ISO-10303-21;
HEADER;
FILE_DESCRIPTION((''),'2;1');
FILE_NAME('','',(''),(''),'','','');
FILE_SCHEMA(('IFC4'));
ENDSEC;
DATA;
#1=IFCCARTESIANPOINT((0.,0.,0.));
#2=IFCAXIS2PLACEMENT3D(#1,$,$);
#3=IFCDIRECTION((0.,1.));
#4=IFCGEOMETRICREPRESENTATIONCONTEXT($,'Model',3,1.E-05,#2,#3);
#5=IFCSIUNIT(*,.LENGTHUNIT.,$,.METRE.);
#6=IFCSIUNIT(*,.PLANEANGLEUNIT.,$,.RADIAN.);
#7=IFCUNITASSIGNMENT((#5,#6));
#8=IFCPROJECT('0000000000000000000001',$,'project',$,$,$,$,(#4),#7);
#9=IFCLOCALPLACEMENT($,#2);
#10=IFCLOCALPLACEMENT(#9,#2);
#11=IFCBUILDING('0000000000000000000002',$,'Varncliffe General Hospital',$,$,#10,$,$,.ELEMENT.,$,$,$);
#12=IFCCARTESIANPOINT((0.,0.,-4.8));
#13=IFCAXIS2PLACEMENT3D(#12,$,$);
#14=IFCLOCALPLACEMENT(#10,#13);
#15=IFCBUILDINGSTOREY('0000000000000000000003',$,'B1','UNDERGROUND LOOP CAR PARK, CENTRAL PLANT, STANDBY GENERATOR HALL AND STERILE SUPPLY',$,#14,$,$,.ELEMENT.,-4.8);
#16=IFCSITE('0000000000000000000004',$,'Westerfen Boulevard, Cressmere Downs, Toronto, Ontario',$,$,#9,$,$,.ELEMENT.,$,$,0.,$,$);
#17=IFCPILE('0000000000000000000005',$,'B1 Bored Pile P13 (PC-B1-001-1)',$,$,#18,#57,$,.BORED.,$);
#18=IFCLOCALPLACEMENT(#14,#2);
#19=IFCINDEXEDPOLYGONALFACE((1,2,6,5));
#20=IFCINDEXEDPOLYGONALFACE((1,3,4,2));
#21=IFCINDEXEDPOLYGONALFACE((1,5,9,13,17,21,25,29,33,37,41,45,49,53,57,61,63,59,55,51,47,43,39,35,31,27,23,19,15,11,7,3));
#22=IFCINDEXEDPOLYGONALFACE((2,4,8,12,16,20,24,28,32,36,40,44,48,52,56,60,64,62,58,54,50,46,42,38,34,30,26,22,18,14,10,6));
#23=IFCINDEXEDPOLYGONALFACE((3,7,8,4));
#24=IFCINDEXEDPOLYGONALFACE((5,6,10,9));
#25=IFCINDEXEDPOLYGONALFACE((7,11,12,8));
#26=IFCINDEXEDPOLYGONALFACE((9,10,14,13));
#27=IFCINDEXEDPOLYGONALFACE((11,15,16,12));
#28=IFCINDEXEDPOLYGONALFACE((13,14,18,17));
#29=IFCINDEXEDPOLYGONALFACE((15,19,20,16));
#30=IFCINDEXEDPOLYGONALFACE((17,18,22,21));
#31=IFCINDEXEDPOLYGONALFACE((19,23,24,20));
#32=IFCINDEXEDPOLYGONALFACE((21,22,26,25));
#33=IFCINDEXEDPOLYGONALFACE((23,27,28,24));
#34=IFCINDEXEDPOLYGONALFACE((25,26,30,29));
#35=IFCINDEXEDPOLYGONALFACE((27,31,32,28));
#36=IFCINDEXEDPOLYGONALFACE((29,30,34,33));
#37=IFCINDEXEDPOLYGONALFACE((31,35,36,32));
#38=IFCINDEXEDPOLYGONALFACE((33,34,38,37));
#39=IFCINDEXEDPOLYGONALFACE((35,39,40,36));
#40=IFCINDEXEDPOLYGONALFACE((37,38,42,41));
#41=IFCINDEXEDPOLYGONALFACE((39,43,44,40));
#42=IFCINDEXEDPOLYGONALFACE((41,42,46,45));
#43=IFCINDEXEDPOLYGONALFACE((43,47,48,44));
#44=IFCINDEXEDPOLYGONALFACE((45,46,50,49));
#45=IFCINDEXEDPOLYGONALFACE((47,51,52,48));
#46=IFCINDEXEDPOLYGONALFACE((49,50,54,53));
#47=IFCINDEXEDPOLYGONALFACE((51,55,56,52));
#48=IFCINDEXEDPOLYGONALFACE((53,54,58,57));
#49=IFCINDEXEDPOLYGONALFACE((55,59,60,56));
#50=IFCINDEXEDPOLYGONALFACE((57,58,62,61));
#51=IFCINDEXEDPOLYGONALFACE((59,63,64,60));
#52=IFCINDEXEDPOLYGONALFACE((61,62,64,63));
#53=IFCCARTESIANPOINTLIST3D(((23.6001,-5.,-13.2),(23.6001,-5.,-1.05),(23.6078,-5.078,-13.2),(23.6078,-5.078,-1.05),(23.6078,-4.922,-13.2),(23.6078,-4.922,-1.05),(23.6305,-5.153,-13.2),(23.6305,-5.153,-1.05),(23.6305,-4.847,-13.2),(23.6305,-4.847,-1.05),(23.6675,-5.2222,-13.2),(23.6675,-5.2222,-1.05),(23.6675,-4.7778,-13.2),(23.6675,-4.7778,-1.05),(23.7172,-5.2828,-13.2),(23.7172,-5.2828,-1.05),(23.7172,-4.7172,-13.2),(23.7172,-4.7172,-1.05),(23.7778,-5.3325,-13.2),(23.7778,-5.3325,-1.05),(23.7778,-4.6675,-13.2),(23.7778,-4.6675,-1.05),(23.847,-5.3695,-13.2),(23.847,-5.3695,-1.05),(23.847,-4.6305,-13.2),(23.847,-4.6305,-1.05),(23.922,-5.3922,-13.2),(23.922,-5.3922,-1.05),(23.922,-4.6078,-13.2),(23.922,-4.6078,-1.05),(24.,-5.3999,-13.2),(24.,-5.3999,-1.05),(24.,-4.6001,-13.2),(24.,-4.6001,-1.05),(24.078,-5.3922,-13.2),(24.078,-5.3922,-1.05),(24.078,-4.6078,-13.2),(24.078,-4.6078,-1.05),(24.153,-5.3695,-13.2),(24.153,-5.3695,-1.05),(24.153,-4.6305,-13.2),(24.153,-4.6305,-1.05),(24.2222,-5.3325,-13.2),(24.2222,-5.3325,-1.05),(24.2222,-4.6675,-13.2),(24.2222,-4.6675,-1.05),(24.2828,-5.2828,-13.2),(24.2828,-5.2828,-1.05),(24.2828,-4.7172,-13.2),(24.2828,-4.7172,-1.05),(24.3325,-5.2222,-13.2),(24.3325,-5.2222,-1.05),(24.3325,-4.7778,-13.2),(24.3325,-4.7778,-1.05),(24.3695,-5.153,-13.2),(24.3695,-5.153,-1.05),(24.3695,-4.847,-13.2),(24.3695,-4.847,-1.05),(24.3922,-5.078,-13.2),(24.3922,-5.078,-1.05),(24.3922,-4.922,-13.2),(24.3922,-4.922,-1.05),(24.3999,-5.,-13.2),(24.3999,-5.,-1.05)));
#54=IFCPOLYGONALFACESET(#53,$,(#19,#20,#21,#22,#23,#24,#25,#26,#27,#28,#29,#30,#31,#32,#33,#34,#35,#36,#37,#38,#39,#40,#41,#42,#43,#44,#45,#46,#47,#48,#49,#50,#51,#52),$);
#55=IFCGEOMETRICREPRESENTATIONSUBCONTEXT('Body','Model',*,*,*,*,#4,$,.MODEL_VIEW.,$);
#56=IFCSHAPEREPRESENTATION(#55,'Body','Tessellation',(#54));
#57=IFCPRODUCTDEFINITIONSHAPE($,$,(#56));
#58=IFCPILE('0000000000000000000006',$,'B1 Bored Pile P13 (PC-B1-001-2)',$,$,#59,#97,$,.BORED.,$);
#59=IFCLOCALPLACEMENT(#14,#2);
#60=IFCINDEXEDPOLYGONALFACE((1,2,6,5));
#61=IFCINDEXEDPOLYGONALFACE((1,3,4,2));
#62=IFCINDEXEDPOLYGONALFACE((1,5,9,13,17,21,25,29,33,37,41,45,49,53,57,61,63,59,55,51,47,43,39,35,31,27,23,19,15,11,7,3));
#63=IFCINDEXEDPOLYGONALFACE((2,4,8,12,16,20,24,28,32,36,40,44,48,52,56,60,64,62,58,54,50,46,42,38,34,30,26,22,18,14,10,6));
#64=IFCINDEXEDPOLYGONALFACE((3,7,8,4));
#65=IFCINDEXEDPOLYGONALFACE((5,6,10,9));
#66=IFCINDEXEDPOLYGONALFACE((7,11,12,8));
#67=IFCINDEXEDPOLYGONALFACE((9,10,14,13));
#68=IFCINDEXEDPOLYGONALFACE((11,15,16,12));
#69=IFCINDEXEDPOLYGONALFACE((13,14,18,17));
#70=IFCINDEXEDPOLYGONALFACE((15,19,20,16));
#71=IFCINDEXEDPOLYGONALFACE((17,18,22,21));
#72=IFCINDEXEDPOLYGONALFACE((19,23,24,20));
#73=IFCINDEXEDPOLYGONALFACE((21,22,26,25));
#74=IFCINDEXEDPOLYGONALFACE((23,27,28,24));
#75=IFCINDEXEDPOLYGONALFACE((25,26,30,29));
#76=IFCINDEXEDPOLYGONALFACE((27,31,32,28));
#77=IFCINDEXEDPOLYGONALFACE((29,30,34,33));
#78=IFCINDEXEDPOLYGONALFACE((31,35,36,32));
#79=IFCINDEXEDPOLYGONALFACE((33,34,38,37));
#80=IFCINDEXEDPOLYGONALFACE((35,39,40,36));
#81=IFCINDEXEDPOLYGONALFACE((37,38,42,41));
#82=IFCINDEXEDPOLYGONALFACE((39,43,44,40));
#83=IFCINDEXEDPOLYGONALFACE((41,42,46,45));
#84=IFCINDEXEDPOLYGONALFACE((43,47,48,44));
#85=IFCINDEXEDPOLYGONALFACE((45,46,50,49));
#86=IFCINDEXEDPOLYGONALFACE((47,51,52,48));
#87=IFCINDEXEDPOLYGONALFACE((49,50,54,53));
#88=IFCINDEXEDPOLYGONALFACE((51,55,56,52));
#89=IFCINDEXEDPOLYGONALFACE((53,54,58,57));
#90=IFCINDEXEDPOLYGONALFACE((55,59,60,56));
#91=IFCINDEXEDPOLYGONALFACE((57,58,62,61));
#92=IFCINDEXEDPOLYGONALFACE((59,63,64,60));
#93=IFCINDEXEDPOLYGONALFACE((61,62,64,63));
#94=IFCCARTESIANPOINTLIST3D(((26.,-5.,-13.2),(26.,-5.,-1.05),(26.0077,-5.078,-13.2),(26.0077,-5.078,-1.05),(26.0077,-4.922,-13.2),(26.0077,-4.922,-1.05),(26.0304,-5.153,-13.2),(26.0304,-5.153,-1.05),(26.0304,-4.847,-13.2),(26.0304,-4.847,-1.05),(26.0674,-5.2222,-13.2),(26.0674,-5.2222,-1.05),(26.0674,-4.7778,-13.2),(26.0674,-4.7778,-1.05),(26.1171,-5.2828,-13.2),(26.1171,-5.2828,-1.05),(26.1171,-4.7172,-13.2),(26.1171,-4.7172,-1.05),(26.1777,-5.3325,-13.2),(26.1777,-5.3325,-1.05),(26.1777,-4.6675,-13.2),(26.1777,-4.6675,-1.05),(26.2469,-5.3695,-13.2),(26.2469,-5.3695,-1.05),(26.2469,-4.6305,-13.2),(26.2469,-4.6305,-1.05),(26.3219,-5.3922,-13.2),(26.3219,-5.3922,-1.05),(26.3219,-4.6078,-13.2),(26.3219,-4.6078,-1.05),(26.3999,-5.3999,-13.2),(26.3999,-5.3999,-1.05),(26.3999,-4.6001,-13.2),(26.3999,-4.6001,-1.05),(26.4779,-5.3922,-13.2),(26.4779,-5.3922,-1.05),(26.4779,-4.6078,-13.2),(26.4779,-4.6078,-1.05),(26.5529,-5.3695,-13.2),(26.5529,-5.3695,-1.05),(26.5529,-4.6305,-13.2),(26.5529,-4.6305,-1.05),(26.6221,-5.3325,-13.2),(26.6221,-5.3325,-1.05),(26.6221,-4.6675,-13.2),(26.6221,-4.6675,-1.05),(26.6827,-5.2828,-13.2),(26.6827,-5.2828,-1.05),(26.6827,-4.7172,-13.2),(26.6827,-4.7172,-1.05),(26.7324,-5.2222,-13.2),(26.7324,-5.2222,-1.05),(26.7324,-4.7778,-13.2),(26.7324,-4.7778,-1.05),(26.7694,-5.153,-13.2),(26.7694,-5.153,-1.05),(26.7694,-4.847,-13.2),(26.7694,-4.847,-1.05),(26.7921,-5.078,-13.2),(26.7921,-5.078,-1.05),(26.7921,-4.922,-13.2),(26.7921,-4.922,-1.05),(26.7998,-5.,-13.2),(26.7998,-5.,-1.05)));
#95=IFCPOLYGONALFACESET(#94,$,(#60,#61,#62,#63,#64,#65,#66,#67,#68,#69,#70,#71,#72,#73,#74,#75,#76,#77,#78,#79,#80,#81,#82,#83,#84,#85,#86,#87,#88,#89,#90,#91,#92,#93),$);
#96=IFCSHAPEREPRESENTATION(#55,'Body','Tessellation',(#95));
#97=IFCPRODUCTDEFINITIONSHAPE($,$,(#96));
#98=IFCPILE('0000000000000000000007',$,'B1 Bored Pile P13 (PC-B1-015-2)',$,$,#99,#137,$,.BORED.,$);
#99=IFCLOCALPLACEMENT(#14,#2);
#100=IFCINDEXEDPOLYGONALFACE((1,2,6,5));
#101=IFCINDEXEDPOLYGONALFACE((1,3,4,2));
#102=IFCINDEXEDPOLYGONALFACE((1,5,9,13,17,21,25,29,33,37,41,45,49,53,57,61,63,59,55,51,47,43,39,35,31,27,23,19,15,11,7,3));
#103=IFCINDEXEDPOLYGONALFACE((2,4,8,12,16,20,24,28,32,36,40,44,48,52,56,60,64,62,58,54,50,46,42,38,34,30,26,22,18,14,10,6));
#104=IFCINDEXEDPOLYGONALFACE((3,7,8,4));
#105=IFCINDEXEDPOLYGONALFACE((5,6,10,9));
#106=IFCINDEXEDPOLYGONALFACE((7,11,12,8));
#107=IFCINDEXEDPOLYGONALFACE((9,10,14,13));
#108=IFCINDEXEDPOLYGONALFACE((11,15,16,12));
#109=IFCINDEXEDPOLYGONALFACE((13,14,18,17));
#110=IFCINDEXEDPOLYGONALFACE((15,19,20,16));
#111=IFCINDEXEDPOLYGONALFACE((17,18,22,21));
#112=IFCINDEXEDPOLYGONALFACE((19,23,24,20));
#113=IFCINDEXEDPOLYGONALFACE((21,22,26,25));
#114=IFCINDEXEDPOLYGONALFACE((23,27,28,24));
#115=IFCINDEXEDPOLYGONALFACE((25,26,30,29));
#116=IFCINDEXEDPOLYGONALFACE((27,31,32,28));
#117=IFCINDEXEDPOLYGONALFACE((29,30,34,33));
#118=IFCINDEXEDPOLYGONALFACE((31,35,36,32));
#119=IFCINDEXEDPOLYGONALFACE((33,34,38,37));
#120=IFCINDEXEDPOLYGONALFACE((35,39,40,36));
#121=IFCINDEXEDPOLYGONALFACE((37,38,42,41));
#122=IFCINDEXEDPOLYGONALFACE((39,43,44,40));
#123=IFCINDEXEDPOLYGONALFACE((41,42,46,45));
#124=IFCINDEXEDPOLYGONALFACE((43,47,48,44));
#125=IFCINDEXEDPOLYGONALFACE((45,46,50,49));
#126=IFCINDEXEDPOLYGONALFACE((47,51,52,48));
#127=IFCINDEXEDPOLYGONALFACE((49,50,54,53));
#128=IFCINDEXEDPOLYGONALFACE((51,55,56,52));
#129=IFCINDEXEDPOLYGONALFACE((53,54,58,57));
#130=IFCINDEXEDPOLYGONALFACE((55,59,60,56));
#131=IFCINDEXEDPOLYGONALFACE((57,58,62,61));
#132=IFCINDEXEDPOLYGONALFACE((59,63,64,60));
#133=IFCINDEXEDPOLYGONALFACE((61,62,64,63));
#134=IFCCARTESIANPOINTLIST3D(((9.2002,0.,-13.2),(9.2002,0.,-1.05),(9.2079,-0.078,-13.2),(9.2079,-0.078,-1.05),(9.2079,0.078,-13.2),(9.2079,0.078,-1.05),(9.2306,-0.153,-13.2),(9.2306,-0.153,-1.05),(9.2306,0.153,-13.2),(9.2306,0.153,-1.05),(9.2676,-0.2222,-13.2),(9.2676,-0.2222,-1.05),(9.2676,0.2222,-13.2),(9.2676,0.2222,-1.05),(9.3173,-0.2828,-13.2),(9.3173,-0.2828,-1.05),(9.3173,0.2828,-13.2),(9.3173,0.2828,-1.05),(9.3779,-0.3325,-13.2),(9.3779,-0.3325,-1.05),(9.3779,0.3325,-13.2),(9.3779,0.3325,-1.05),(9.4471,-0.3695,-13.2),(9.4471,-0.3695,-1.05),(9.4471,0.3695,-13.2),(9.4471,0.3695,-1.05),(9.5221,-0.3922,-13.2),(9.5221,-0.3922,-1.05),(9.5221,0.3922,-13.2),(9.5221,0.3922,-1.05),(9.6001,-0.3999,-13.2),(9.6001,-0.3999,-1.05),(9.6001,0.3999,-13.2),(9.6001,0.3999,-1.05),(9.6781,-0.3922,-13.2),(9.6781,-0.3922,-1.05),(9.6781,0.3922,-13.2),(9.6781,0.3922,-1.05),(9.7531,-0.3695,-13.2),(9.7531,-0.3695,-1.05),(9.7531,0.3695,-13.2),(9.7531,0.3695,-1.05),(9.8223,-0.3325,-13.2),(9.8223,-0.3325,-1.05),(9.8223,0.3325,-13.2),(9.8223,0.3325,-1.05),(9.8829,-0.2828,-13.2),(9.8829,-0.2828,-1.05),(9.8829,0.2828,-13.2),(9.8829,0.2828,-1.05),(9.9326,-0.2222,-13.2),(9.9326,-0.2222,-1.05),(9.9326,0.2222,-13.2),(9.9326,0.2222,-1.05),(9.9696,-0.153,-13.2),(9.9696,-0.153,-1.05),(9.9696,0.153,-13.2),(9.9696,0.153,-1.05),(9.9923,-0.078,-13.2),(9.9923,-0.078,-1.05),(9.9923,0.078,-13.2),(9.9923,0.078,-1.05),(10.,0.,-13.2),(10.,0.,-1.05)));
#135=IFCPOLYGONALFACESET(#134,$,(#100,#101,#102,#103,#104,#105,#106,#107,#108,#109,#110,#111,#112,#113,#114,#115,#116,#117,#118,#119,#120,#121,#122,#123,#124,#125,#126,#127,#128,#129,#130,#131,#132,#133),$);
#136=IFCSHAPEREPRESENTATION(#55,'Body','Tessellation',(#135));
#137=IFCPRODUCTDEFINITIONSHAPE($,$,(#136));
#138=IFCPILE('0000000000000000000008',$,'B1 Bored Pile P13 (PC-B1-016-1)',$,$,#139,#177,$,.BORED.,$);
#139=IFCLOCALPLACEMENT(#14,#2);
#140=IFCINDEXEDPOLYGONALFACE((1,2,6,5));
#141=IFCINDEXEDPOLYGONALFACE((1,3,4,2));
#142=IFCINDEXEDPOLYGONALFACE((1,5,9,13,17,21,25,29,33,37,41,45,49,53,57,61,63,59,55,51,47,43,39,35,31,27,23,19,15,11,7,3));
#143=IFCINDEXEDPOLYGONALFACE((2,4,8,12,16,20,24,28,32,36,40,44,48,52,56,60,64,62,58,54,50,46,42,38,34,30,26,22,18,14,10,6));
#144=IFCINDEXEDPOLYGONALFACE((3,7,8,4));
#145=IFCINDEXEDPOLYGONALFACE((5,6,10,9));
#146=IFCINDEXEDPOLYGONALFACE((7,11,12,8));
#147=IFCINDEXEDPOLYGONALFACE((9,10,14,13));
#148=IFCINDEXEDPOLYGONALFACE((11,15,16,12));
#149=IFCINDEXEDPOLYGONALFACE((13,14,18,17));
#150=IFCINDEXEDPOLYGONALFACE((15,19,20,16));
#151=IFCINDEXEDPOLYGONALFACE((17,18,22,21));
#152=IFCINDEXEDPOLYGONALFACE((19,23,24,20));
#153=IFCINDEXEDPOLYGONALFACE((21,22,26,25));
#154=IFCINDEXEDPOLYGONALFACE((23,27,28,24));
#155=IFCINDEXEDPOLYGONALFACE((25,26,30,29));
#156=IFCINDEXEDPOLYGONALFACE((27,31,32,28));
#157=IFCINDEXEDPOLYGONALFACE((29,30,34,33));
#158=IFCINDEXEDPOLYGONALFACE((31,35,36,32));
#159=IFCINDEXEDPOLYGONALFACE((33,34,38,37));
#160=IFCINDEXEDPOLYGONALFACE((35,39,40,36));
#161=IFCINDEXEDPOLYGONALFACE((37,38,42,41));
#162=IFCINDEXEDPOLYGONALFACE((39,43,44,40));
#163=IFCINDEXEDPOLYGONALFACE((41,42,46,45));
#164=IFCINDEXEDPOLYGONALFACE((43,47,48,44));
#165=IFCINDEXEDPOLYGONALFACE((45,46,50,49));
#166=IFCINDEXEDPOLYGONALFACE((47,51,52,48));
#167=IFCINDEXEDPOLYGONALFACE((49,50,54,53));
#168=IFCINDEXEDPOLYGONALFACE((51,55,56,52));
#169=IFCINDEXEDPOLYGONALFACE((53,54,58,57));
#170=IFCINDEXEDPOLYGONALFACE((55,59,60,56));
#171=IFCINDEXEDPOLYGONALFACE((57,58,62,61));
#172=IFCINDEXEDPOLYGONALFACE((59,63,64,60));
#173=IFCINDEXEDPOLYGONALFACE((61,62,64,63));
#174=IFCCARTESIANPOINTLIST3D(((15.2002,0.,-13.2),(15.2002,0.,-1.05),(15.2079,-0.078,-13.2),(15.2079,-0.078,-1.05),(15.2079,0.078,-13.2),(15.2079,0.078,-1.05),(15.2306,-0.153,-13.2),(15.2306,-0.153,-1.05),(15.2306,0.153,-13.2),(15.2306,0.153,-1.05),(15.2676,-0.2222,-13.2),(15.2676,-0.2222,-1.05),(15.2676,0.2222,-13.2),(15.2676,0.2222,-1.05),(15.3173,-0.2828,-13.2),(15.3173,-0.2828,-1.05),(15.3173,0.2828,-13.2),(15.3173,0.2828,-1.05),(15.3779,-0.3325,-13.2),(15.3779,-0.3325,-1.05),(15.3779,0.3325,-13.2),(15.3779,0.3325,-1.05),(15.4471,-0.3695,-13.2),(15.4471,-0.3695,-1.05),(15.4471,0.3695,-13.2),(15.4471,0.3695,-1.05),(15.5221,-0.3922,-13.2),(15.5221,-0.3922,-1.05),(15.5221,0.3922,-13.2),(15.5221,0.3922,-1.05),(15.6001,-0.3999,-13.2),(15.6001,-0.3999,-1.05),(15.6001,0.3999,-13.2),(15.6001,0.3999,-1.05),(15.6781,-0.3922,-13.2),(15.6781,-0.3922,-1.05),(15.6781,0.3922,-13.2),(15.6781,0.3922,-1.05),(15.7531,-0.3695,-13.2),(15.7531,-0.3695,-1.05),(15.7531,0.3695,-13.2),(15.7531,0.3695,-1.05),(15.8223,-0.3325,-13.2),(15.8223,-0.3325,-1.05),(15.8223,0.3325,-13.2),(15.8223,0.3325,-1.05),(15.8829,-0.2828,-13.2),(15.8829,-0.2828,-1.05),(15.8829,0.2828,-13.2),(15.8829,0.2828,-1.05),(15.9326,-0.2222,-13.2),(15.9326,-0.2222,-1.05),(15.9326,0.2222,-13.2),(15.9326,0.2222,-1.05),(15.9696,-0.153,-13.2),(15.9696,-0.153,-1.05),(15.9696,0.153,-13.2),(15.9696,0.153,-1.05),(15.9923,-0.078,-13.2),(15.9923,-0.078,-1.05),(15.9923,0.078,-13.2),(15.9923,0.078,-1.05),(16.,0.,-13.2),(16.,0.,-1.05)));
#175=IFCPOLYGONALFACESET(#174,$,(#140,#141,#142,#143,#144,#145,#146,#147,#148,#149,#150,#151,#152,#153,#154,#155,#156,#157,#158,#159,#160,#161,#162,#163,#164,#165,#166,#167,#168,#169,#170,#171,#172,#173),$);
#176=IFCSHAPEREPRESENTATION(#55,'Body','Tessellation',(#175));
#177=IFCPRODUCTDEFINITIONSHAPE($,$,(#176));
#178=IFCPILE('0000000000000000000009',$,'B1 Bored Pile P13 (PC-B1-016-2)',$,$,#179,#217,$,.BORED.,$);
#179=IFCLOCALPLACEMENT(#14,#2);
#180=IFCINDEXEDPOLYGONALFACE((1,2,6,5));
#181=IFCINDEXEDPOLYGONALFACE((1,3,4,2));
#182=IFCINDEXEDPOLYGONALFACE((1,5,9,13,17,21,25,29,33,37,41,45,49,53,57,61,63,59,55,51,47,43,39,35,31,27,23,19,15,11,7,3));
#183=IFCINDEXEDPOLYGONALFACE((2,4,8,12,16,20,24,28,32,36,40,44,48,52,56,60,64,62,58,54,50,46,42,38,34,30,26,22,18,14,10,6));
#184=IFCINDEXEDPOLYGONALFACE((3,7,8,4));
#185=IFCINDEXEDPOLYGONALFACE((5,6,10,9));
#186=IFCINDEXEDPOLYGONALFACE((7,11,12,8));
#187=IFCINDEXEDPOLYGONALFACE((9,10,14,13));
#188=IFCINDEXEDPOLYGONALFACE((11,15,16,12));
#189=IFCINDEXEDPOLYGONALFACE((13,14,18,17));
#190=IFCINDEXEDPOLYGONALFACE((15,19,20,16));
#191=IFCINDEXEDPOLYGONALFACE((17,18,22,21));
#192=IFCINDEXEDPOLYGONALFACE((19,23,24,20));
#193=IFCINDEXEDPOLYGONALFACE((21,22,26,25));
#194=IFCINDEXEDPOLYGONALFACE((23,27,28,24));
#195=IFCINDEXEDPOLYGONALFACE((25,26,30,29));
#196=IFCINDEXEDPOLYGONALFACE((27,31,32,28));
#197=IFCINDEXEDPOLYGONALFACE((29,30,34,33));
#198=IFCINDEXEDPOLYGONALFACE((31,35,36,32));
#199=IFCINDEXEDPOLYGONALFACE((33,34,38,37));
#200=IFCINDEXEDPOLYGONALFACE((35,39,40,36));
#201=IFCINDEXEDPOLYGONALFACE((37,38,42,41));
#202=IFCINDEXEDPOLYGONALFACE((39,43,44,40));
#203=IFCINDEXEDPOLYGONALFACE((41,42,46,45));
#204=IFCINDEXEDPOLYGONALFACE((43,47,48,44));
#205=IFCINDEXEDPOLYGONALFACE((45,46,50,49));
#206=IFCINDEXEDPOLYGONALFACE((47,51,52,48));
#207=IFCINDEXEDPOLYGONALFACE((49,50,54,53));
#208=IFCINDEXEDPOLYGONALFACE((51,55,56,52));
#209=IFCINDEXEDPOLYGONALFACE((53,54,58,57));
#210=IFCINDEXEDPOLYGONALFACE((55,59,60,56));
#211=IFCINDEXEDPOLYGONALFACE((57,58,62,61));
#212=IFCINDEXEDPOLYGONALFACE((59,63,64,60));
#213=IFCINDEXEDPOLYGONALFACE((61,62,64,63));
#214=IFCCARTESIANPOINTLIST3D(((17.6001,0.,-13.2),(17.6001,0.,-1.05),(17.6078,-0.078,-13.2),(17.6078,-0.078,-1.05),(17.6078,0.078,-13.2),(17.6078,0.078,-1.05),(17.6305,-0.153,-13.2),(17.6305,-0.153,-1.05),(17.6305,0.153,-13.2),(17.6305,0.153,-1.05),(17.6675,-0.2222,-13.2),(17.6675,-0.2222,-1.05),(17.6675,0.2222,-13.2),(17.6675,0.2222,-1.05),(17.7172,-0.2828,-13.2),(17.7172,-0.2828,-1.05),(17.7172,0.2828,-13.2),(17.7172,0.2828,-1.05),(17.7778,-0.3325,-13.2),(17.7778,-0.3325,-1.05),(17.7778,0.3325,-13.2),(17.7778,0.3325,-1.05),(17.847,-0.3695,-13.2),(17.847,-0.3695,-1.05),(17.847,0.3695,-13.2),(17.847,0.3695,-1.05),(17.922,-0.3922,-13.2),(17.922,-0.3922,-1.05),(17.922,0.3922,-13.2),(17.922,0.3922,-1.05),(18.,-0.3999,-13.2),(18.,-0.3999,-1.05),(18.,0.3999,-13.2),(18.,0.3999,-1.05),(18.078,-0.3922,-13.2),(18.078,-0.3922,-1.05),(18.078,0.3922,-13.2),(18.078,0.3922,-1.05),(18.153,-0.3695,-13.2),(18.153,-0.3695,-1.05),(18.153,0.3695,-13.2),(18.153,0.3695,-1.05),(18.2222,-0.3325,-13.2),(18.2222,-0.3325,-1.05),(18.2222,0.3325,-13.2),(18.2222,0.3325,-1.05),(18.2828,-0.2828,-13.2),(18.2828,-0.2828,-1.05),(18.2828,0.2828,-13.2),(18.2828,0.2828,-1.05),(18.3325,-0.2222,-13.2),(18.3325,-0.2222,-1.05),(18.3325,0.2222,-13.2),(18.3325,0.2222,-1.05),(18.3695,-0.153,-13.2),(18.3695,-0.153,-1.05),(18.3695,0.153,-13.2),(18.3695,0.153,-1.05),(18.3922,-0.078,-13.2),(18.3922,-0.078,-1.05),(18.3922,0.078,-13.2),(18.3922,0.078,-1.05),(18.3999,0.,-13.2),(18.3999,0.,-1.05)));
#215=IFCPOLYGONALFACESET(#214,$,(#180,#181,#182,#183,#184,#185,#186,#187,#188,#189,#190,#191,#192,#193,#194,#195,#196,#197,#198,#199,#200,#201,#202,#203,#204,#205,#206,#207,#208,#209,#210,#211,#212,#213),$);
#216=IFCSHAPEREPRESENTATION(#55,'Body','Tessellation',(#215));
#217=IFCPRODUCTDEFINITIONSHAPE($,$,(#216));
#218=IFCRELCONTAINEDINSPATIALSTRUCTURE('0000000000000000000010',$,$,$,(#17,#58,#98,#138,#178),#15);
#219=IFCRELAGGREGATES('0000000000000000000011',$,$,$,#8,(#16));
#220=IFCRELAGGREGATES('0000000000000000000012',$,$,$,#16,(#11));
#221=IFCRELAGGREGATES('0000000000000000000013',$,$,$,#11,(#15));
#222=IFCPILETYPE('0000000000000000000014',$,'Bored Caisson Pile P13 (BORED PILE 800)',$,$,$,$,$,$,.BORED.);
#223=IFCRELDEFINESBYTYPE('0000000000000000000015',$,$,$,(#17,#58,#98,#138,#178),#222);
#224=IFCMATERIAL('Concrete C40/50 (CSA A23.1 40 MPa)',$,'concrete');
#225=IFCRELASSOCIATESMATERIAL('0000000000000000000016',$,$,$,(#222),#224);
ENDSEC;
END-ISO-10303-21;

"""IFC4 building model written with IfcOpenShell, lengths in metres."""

from ifc_helpers import new_model, si_unit, direction, frame, origin, origin_2d, place, context, subcontext, project, spatial, circle, extrude, material, material_profile, profile_set, type_object, element, save


model = new_model("IFC4")

# Units and contexts
model_context = context("Model", 3, precision=1e-05, world=origin(), true_north=direction((0.0, 1.0)))
body_context = subcontext(model_context, "Body", "Model", "MODEL_VIEW")
ifc_project = project(units=[si_unit("LENGTHUNIT", "METRE"), si_unit("PLANEANGLEUNIT", "RADIAN")], contexts=[model_context])

# Site, building, storey
site_placement = place(None, origin())
site = spatial("IfcSite", under=ifc_project, at=site_placement, Name="Westerfen Boulevard, Cressmere Downs, Toronto, Ontario", CompositionType="ELEMENT", RefElevation=0.0)
building_placement = place(site_placement, origin())
building = spatial("IfcBuilding", under=site, at=building_placement, Name="Varncliffe General Hospital", CompositionType="ELEMENT")
storey_placement = place(building_placement, frame((0.0, 0.0, -4.8)))
storey = spatial("IfcBuildingStorey", under=building, at=storey_placement, Name="B1", Description="UNDERGROUND LOOP CAR PARK, CENTRAL PLANT, STANDBY GENERATOR HALL AND STERILE SUPPLY", CompositionType="ELEMENT", Elevation=-4.8)

# Piles
ifc_material_1 = material(Name="Concrete C40/50 (CSA A23.1 40 MPa)", Category="concrete")
ifc_material_profile_1 = material_profile(ifc_material_1, circle(Radius=0.3999, at=origin_2d()), Name="BORED PILE 800")
ifc_profile_set_1 = profile_set([ifc_material_profile_1], Name="Concrete C40/50 (CSA A23.1 40 MPa)")
pile_type = type_object("IfcPileType", Name="Bored Caisson Pile P13 (BORED PILE 800)", PredefinedType="BORED", material=ifc_profile_set_1)
for number, where, z_axis, x_axis, name in (
    (1, (24.0, -5.0, -1.05), (0.0, 0.0, -1.0), (1.0, 0.0, 0.0), "B1 Bored Pile P13 (PC-B1-001-1)"),
    (2, (26.3999, -5.0, -1.05), (0.0, 0.0, -1.0), (1.0, 0.0, 0.0), "B1 Bored Pile P13 (PC-B1-001-2)"),
    (3, (9.6001, 0.0, -1.05), (0.0, 0.0, -1.0), (1.0, 0.0, 0.0), "B1 Bored Pile P13 (PC-B1-015-2)"),
    (4, (15.6001, 0.0, -1.05), (0.0, 0.0, -1.0), (1.0, 0.0, 0.0), "B1 Bored Pile P13 (PC-B1-016-1)"),
    (5, (18.0, 0.0, -1.05), (0.0, 0.0, -1.0), (1.0, 0.0, 0.0), "B1 Bored Pile P13 (PC-B1-016-2)"),
):
    element("IfcPile", number, at=place(storey_placement, frame(where, z_axis=z_axis, x_axis=x_axis)), inside=storey, type_object=pile_type, Name=name, PredefinedType="BORED", context=body_context, shape_type="SweptSolid", body=[
        extrude(circle(Radius=0.3999, at=origin_2d()), origin(), (0.0, 0.0, 1.0), 12.1499),
    ])

save(model, "model.ifc")
